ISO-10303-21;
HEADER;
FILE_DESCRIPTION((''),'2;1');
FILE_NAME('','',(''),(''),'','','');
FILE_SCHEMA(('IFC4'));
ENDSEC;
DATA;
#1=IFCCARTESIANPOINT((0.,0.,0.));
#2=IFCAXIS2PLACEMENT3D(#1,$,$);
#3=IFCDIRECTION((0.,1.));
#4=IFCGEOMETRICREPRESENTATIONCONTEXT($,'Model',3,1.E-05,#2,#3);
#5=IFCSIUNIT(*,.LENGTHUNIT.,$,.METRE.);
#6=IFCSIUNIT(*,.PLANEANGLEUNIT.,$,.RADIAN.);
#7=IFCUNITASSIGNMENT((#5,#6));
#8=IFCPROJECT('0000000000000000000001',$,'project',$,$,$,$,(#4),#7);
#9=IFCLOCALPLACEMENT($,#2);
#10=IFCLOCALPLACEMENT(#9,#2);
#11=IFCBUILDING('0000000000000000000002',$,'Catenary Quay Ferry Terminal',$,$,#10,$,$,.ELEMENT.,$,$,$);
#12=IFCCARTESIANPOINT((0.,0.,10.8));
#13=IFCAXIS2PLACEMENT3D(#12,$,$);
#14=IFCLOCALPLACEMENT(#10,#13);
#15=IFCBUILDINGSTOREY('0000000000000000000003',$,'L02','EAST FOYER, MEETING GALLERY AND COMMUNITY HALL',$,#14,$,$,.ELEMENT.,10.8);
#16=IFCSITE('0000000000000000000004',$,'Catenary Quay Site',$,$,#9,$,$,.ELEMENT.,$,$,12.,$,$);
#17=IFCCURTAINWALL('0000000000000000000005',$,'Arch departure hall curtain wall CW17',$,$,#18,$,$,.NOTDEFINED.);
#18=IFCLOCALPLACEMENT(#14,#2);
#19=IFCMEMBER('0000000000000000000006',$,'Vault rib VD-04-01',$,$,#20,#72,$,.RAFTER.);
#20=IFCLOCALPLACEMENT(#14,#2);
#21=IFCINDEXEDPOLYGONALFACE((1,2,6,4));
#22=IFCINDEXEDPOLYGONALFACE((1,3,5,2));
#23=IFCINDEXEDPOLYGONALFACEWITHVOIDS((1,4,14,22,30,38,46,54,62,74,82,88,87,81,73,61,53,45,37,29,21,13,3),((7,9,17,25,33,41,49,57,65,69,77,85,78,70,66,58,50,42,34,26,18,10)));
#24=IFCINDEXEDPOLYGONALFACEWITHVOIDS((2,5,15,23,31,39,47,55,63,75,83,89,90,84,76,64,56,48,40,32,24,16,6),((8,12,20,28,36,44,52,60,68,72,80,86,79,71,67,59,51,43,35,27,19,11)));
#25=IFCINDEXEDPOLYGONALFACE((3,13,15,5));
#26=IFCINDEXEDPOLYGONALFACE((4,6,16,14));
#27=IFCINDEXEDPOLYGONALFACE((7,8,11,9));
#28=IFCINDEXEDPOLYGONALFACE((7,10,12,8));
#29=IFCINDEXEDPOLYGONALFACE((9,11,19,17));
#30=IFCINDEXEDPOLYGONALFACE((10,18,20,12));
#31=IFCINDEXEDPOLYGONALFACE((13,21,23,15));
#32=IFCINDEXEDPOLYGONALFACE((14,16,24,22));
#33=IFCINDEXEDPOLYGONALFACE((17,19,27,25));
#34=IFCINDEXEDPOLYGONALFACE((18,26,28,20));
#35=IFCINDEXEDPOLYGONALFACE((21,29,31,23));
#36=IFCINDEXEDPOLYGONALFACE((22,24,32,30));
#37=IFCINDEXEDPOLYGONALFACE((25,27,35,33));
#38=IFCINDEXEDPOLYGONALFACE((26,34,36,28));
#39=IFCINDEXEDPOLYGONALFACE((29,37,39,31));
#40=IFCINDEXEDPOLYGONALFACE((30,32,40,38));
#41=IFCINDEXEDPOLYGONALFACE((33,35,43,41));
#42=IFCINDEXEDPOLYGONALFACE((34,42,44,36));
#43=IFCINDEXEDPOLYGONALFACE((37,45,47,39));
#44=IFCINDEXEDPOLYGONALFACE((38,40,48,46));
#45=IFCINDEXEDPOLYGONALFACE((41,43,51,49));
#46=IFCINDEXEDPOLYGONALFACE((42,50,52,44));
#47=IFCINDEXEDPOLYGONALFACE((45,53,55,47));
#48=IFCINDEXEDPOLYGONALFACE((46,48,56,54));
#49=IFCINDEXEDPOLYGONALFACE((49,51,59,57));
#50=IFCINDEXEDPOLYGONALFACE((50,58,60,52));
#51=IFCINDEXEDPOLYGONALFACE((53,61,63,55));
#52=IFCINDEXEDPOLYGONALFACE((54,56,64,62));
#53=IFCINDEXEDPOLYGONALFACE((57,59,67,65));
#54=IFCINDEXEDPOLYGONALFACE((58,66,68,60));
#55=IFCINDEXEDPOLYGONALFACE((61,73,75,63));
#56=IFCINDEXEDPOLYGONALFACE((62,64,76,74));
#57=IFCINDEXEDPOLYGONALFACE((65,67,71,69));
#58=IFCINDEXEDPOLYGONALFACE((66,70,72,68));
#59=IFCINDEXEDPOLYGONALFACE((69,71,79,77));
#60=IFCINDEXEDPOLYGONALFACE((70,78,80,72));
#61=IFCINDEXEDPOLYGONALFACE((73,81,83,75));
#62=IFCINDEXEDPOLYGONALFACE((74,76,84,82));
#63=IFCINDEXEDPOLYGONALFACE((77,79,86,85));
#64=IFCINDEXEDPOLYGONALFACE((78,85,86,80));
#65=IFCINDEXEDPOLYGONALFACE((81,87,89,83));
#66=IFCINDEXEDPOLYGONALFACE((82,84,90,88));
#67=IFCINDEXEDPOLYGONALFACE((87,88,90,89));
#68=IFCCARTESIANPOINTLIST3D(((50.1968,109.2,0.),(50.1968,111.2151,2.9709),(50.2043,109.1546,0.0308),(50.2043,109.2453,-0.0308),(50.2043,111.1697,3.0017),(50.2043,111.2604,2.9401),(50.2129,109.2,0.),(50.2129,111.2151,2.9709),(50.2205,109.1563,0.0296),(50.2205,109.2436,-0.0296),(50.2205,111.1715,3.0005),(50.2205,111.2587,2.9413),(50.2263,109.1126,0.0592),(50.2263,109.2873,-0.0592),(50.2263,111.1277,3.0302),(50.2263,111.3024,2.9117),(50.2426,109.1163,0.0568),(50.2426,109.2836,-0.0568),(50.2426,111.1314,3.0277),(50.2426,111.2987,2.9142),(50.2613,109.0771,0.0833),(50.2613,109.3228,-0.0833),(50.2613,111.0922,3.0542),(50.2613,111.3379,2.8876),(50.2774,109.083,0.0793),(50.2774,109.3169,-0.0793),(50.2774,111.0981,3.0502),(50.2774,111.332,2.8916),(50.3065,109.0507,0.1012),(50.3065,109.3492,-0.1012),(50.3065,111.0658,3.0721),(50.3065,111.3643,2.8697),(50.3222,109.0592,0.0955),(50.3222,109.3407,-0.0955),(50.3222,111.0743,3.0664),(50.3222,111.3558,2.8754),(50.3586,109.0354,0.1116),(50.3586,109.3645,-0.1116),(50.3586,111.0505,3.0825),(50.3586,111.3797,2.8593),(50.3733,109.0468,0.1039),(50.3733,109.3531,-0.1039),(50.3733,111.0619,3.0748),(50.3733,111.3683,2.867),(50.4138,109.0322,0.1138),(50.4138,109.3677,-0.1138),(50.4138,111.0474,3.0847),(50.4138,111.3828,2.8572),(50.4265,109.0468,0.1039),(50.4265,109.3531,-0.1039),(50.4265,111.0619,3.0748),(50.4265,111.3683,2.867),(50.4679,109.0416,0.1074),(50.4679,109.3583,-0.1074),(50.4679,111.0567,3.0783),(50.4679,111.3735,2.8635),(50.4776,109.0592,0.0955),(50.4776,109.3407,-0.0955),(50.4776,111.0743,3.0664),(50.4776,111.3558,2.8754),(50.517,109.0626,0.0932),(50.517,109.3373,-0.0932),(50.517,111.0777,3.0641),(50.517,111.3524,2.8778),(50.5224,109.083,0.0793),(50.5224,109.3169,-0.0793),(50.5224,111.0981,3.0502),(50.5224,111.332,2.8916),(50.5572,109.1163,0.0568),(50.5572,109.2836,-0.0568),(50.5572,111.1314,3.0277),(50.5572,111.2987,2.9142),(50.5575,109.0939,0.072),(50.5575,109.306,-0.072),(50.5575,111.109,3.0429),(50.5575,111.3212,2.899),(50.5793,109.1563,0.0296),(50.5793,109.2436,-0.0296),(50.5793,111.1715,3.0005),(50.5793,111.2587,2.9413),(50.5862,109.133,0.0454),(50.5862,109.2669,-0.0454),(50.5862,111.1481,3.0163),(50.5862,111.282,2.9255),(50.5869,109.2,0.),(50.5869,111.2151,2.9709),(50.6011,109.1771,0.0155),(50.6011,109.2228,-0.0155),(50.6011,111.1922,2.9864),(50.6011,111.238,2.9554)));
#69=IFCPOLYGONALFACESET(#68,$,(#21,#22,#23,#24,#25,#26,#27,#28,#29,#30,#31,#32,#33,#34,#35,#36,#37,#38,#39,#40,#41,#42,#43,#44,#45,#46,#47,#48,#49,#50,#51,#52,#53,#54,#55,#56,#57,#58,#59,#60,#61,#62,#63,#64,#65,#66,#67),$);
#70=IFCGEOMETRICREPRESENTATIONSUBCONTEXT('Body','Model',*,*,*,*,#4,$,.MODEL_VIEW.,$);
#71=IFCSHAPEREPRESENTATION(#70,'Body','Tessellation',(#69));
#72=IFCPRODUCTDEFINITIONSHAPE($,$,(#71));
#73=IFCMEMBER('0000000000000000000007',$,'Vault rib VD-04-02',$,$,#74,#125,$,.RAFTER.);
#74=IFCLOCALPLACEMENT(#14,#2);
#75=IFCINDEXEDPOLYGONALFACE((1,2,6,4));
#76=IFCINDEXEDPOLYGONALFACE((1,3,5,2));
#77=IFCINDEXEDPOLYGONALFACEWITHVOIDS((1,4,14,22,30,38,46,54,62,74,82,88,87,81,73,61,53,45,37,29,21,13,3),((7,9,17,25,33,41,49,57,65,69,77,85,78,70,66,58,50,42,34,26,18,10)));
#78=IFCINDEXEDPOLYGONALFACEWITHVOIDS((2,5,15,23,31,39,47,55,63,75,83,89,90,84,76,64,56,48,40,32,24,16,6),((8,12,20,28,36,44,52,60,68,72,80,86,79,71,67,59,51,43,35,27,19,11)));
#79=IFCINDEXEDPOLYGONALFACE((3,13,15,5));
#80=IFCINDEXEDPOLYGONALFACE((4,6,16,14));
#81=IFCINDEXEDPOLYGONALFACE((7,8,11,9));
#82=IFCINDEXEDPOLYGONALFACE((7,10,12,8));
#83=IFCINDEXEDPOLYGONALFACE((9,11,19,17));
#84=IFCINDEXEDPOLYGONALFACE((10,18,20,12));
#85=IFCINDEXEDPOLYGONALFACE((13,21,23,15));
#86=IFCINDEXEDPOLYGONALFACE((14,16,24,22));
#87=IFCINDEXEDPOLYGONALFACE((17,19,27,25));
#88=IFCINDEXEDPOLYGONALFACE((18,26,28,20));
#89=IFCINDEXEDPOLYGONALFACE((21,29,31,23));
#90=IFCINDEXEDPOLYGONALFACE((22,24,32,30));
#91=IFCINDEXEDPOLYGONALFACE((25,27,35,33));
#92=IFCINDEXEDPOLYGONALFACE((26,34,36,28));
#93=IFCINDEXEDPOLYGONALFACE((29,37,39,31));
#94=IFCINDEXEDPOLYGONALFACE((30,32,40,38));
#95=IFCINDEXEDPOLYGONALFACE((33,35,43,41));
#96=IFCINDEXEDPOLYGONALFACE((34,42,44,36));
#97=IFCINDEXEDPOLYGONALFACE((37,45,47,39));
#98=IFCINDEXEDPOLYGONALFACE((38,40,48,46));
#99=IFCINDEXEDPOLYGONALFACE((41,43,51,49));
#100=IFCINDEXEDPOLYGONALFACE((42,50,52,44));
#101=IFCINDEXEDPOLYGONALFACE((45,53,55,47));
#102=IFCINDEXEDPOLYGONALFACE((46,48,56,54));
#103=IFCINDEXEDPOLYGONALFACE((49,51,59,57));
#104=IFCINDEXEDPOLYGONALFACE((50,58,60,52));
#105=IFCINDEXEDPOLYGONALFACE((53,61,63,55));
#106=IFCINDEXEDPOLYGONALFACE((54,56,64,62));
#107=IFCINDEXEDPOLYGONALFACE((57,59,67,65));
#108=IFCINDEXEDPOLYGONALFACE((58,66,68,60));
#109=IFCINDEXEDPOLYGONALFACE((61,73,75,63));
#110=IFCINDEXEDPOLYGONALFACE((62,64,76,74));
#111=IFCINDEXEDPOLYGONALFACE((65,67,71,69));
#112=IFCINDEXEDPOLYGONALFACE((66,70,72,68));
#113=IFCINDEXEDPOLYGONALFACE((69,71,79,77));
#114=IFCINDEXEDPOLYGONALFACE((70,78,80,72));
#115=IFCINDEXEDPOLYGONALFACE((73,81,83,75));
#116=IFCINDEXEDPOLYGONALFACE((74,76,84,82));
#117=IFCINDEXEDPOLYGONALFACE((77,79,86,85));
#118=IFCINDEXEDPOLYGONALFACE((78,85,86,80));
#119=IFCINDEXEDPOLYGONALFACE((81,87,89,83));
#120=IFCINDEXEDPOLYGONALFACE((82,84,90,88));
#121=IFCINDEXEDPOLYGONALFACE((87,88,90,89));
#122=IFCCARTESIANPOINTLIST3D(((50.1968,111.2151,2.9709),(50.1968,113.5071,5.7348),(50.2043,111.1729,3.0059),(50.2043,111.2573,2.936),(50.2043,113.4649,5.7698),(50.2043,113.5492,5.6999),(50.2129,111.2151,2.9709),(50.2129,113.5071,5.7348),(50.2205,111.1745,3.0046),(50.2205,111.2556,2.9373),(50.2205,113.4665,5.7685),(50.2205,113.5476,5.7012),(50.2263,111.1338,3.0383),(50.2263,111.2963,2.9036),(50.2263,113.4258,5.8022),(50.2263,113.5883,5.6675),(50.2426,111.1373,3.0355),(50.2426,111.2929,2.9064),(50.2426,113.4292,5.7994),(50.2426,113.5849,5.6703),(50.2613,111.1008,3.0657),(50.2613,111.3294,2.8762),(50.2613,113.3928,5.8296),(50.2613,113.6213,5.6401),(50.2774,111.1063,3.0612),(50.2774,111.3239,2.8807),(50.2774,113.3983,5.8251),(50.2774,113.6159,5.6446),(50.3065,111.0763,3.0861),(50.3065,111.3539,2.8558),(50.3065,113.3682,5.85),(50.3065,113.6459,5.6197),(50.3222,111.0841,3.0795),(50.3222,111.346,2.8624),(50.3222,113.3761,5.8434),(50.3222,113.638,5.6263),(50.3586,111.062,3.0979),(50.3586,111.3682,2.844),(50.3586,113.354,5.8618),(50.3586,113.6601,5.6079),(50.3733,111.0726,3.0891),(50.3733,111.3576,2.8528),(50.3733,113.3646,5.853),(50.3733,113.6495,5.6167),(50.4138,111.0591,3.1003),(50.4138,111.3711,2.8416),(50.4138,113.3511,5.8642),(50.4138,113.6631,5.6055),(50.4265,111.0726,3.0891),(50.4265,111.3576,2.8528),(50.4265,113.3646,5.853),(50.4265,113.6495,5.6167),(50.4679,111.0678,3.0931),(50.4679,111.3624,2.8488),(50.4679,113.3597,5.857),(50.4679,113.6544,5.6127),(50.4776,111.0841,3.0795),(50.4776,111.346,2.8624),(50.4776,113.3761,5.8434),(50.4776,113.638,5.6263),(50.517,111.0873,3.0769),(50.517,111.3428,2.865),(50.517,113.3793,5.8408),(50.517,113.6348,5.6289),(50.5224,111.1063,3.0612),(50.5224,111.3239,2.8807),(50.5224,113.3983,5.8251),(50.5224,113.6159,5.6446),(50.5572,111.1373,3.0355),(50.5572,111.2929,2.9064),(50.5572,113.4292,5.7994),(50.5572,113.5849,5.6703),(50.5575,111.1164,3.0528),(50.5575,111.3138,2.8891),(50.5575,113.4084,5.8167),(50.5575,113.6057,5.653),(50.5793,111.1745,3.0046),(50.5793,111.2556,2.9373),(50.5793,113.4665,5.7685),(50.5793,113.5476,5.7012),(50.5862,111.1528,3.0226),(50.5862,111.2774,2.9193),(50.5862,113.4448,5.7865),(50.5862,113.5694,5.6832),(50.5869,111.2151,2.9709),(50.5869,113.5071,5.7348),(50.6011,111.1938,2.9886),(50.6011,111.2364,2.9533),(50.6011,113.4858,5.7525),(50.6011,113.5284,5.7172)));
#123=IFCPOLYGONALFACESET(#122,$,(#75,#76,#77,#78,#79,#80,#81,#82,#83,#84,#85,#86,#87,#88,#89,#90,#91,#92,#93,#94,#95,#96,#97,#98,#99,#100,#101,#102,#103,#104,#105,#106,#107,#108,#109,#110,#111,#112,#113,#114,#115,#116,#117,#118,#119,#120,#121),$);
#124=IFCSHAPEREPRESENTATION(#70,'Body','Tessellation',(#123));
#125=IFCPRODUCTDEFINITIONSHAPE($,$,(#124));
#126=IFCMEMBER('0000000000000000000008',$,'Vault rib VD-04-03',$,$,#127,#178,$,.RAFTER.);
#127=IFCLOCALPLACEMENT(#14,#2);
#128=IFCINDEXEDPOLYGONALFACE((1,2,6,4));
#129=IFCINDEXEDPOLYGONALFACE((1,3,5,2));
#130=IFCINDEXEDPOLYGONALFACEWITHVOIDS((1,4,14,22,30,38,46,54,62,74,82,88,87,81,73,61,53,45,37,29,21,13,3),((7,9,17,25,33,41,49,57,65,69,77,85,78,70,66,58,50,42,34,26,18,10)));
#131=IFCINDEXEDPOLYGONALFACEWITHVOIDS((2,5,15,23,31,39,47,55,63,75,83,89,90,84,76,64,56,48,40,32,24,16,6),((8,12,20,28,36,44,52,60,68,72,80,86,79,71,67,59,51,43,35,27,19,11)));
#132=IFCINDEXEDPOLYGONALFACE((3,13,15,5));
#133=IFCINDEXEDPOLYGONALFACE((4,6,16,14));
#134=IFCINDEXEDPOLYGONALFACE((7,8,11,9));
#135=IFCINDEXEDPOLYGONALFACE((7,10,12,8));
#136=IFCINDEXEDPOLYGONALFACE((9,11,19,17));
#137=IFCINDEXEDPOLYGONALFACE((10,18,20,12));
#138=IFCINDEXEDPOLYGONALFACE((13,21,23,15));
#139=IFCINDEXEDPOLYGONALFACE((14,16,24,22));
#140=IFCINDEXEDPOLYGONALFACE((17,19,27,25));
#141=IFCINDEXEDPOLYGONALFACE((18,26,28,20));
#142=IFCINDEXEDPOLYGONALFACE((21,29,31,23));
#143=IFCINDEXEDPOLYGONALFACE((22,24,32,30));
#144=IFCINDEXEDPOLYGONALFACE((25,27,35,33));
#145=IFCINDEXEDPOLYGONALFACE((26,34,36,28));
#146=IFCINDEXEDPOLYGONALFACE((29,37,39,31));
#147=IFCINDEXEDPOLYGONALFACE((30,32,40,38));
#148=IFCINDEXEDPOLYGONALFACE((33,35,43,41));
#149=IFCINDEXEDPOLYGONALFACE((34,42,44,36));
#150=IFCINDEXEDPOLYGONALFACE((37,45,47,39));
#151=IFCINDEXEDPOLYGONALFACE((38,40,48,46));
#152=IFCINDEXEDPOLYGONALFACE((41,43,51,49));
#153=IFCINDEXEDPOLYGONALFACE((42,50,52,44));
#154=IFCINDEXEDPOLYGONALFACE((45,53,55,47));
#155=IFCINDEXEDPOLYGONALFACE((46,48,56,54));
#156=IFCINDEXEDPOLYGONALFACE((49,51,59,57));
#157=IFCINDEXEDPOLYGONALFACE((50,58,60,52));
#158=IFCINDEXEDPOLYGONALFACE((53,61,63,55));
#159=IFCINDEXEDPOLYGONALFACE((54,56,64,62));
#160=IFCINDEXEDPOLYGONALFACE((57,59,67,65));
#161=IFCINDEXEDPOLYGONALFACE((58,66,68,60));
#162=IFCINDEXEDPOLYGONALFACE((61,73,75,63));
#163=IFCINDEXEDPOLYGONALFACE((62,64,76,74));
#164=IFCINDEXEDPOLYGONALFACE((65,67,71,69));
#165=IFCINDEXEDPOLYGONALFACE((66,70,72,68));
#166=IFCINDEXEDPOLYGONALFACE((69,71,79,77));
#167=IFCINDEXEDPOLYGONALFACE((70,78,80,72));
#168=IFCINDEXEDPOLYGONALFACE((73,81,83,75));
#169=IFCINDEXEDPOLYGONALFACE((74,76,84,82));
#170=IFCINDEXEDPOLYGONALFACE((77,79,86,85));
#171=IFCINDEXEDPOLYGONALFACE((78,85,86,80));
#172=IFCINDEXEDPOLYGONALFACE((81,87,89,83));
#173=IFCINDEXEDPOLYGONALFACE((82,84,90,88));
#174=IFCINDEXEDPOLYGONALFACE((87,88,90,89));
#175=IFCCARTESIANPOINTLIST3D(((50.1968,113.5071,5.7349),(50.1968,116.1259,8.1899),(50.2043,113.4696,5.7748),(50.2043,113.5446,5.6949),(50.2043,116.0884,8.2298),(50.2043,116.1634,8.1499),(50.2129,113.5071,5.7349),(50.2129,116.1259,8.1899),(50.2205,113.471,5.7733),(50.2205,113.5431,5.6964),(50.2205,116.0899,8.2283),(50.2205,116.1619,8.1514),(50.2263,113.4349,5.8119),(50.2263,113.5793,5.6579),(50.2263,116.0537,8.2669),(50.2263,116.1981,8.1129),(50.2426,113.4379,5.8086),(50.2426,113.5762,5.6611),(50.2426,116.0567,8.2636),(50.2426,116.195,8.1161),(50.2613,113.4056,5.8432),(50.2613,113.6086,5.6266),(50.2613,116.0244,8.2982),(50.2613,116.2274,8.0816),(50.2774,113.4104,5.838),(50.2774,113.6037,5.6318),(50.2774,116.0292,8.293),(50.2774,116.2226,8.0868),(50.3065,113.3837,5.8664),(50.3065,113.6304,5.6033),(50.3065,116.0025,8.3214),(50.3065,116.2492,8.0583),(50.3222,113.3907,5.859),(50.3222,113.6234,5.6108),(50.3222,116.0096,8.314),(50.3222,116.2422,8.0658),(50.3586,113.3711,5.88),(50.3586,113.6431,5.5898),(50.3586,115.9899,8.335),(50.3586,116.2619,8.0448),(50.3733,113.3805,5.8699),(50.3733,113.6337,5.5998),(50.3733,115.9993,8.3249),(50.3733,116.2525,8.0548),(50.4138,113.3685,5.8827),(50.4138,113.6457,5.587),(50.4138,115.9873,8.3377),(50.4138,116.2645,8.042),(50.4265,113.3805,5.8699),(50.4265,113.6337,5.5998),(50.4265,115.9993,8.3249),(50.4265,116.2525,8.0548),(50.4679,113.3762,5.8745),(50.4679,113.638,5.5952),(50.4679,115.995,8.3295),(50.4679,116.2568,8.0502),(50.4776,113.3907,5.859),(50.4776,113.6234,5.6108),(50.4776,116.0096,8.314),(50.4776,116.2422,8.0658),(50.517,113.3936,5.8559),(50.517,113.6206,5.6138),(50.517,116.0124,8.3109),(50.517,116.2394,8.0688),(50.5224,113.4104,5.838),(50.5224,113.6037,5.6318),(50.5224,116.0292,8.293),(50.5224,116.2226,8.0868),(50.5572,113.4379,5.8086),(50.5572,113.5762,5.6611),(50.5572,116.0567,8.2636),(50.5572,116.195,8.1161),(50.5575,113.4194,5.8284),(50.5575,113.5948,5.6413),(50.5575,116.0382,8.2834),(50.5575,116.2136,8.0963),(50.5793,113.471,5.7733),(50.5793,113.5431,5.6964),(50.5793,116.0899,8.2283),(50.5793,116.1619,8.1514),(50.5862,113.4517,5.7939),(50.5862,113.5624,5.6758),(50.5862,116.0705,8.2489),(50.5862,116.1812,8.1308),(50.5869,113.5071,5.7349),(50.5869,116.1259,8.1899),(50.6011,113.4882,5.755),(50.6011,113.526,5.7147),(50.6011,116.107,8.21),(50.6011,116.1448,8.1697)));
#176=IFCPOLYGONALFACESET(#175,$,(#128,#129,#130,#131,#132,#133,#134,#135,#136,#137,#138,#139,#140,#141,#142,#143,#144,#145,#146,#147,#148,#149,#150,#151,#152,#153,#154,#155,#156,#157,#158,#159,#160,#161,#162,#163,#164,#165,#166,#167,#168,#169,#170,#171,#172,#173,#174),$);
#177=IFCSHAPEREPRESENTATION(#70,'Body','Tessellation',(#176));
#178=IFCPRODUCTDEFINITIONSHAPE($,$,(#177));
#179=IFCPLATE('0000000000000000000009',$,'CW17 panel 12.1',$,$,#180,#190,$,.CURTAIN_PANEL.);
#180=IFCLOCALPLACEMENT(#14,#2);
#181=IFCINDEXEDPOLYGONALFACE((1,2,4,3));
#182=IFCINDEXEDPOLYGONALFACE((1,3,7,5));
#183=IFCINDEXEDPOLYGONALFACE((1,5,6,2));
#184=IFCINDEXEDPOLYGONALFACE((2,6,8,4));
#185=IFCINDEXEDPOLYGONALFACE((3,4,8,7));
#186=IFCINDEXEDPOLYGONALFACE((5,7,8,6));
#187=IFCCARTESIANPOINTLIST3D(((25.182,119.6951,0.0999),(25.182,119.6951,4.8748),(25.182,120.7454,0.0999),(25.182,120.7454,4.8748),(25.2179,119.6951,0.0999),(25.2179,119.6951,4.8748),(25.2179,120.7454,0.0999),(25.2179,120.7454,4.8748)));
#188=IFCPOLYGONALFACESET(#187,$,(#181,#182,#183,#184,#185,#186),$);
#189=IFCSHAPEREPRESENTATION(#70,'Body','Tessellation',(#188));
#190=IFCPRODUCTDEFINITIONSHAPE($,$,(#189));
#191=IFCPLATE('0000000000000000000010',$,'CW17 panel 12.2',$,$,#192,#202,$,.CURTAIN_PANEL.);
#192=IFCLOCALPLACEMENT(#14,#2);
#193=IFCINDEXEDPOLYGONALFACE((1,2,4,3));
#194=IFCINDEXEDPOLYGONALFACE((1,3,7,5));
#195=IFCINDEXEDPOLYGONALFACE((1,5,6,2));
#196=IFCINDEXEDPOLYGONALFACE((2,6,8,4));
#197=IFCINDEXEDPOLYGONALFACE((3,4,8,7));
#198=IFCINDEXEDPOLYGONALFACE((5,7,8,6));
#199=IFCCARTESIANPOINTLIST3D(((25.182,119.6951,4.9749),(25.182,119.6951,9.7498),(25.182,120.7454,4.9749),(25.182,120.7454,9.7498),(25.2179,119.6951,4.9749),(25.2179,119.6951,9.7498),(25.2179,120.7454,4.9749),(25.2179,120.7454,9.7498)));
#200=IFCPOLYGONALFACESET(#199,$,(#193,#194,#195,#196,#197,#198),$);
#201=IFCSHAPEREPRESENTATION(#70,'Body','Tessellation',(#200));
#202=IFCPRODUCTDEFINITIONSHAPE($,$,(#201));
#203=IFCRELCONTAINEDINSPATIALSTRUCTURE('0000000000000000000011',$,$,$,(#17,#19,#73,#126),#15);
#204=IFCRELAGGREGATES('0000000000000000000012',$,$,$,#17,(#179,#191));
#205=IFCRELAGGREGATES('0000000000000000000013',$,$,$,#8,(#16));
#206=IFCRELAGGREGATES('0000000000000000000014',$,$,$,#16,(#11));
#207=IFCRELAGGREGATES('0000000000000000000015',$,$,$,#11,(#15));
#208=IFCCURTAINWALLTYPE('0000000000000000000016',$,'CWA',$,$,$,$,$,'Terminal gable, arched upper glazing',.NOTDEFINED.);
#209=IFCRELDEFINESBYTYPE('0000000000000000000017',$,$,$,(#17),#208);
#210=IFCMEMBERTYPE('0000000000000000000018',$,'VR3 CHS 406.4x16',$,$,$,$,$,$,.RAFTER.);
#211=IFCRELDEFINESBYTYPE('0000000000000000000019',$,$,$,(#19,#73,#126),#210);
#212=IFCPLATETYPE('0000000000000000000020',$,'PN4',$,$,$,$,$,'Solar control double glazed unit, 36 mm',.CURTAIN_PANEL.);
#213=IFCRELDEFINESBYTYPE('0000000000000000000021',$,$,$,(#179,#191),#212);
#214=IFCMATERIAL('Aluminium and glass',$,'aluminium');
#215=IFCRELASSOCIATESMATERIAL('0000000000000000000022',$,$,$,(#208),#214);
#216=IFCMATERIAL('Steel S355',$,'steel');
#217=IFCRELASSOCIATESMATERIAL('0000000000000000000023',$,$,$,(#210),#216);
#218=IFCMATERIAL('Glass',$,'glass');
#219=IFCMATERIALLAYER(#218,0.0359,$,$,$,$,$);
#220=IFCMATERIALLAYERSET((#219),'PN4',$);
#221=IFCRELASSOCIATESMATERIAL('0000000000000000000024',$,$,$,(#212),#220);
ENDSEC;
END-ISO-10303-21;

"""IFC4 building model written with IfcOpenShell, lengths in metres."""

from ifc_helpers import new_model, si_unit, direction, frame, origin, origin_2d, place, context, subcontext, project, spatial, rectangle, hollow_circle, extrude, material, layer, layer_set, material_profile, profile_set, type_object, element, aggregate, save


model = new_model("IFC4")

# Units and contexts
model_context = context("Model", 3, precision=1e-05, world=origin(), true_north=direction((0.0, 1.0)))
body_context = subcontext(model_context, "Body", "Model", "MODEL_VIEW")
ifc_project = project(units=[si_unit("LENGTHUNIT", "METRE"), si_unit("PLANEANGLEUNIT", "RADIAN")], contexts=[model_context])

# Site, building, storey
site_placement = place(None, origin())
site = spatial("IfcSite", under=ifc_project, at=site_placement, Name="Catenary Quay Site", CompositionType="ELEMENT", RefElevation=12.0)
building_placement = place(site_placement, origin())
building = spatial("IfcBuilding", under=site, at=building_placement, Name="Catenary Quay Ferry Terminal", CompositionType="ELEMENT")
storey_placement = place(building_placement, frame((0.0, 0.0, 10.8)))
storey = spatial("IfcBuildingStorey", under=building, at=storey_placement, Name="L02", Description="EAST FOYER, MEETING GALLERY AND COMMUNITY HALL", CompositionType="ELEMENT", Elevation=10.8)

# Curtain wall
ifc_material_1 = material(Name="Aluminium and glass", Category="aluminium")
curtain_wall_type = type_object("IfcCurtainWallType", Name="CWA", ElementType="Terminal gable, arched upper glazing", PredefinedType="NOTDEFINED", material=ifc_material_1)
curtain_wall_placement = place(storey_placement, origin())
curtain_wall = element("IfcCurtainWall", 1, at=curtain_wall_placement, inside=storey, type_object=curtain_wall_type, Name="Arch departure hall curtain wall CW17", PredefinedType="NOTDEFINED")

# Members
ifc_material_2 = material(Name="Steel S355", Category="steel")
ifc_material_profile_1 = material_profile(ifc_material_2, hollow_circle(Radius=0.2031, WallThickness=0.0161, at=origin_2d()), Name="CHS 406.4x16")
ifc_profile_set_1 = profile_set([ifc_material_profile_1], Name="Steel S355")
member_type_1 = type_object("IfcMemberType", Name="VR3 CHS 406.4x16", PredefinedType="RAFTER", material=ifc_profile_set_1)
member_1_placement = place(storey_placement, frame((50.3999, 109.2, 0.0), z_axis=(0.0, 0.561337, 0.827587), x_axis=(-1.0, 0.0, 0.0)))
element("IfcMember", 2, at=member_1_placement, inside=storey, type_object=member_type_1, Name="Vault rib VD-04-01", PredefinedType="RAFTER", context=body_context, shape_type="SweptSolid", body=[
    extrude(hollow_circle(Radius=0.2031, WallThickness=0.0161, at=origin_2d()), origin(), (0.0, 0.0, 1.0), 3.5898),
])
member_2_placement = place(storey_placement, frame((50.3999, 111.2151, 2.9709), z_axis=(0.0, 0.63833, 0.769763), x_axis=(-1.0, 0.0, 0.0)))
element("IfcMember", 3, at=member_2_placement, inside=storey, type_object=member_type_1, Name="Vault rib VD-04-02", PredefinedType="RAFTER", context=body_context, shape_type="SweptSolid", body=[
    extrude(hollow_circle(Radius=0.2031, WallThickness=0.0161, at=origin_2d()), origin(), (0.0, 0.0, 1.0), 3.5906),
])
member_3_placement = place(storey_placement, frame((50.3999, 113.5071, 5.7349), z_axis=(0.0, 0.729556, 0.683921), x_axis=(-1.0, 0.0, 0.0)))
element("IfcMember", 4, at=member_3_placement, inside=storey, type_object=member_type_1, Name="Vault rib VD-04-03", PredefinedType="RAFTER", context=body_context, shape_type="SweptSolid", body=[
    extrude(hollow_circle(Radius=0.2031, WallThickness=0.0161, at=origin_2d()), origin(), (0.0, 0.0, 1.0), 3.5896),
])

# Plates
ifc_material_3 = material(Name="Glass", Category="glass")
ifc_layer_1 = layer(ifc_material_3, 0.0359)
ifc_layer_set_1 = layer_set([ifc_layer_1], Name="PN4")
plate_type_1 = type_object("IfcPlateType", Name="PN4", ElementType="Solar control double glazed unit, 36 mm", PredefinedType="CURTAIN_PANEL", material=ifc_layer_set_1)
plate_1_placement = place(storey_placement, frame((25.2, 120.2202, 0.0999), z_axis=(0.0, 0.0, 1.0), x_axis=(0.0, 1.0, 0.0)))
plate_1 = element("IfcPlate", 5, at=plate_1_placement, type_object=plate_type_1, Name="CW17 panel 12.1", PredefinedType="CURTAIN_PANEL", context=body_context, shape_type="SweptSolid", body=[
    extrude(rectangle(XDim=1.0503, YDim=0.0359, at=origin_2d()), origin(), (0.0, 0.0, 1.0), 4.7749),
])
plate_2_placement = place(storey_placement, frame((25.2, 120.2202, 4.9749), z_axis=(0.0, 0.0, 1.0), x_axis=(0.0, 1.0, 0.0)))
plate_2 = element("IfcPlate", 6, at=plate_2_placement, type_object=plate_type_1, Name="CW17 panel 12.2", PredefinedType="CURTAIN_PANEL", context=body_context, shape_type="SweptSolid", body=[
    extrude(rectangle(XDim=1.0503, YDim=0.0359, at=origin_2d()), origin(), (0.0, 0.0, 1.0), 4.7749),
])
aggregate(curtain_wall, [plate_1, plate_2])

save(model, "model.ifc")
